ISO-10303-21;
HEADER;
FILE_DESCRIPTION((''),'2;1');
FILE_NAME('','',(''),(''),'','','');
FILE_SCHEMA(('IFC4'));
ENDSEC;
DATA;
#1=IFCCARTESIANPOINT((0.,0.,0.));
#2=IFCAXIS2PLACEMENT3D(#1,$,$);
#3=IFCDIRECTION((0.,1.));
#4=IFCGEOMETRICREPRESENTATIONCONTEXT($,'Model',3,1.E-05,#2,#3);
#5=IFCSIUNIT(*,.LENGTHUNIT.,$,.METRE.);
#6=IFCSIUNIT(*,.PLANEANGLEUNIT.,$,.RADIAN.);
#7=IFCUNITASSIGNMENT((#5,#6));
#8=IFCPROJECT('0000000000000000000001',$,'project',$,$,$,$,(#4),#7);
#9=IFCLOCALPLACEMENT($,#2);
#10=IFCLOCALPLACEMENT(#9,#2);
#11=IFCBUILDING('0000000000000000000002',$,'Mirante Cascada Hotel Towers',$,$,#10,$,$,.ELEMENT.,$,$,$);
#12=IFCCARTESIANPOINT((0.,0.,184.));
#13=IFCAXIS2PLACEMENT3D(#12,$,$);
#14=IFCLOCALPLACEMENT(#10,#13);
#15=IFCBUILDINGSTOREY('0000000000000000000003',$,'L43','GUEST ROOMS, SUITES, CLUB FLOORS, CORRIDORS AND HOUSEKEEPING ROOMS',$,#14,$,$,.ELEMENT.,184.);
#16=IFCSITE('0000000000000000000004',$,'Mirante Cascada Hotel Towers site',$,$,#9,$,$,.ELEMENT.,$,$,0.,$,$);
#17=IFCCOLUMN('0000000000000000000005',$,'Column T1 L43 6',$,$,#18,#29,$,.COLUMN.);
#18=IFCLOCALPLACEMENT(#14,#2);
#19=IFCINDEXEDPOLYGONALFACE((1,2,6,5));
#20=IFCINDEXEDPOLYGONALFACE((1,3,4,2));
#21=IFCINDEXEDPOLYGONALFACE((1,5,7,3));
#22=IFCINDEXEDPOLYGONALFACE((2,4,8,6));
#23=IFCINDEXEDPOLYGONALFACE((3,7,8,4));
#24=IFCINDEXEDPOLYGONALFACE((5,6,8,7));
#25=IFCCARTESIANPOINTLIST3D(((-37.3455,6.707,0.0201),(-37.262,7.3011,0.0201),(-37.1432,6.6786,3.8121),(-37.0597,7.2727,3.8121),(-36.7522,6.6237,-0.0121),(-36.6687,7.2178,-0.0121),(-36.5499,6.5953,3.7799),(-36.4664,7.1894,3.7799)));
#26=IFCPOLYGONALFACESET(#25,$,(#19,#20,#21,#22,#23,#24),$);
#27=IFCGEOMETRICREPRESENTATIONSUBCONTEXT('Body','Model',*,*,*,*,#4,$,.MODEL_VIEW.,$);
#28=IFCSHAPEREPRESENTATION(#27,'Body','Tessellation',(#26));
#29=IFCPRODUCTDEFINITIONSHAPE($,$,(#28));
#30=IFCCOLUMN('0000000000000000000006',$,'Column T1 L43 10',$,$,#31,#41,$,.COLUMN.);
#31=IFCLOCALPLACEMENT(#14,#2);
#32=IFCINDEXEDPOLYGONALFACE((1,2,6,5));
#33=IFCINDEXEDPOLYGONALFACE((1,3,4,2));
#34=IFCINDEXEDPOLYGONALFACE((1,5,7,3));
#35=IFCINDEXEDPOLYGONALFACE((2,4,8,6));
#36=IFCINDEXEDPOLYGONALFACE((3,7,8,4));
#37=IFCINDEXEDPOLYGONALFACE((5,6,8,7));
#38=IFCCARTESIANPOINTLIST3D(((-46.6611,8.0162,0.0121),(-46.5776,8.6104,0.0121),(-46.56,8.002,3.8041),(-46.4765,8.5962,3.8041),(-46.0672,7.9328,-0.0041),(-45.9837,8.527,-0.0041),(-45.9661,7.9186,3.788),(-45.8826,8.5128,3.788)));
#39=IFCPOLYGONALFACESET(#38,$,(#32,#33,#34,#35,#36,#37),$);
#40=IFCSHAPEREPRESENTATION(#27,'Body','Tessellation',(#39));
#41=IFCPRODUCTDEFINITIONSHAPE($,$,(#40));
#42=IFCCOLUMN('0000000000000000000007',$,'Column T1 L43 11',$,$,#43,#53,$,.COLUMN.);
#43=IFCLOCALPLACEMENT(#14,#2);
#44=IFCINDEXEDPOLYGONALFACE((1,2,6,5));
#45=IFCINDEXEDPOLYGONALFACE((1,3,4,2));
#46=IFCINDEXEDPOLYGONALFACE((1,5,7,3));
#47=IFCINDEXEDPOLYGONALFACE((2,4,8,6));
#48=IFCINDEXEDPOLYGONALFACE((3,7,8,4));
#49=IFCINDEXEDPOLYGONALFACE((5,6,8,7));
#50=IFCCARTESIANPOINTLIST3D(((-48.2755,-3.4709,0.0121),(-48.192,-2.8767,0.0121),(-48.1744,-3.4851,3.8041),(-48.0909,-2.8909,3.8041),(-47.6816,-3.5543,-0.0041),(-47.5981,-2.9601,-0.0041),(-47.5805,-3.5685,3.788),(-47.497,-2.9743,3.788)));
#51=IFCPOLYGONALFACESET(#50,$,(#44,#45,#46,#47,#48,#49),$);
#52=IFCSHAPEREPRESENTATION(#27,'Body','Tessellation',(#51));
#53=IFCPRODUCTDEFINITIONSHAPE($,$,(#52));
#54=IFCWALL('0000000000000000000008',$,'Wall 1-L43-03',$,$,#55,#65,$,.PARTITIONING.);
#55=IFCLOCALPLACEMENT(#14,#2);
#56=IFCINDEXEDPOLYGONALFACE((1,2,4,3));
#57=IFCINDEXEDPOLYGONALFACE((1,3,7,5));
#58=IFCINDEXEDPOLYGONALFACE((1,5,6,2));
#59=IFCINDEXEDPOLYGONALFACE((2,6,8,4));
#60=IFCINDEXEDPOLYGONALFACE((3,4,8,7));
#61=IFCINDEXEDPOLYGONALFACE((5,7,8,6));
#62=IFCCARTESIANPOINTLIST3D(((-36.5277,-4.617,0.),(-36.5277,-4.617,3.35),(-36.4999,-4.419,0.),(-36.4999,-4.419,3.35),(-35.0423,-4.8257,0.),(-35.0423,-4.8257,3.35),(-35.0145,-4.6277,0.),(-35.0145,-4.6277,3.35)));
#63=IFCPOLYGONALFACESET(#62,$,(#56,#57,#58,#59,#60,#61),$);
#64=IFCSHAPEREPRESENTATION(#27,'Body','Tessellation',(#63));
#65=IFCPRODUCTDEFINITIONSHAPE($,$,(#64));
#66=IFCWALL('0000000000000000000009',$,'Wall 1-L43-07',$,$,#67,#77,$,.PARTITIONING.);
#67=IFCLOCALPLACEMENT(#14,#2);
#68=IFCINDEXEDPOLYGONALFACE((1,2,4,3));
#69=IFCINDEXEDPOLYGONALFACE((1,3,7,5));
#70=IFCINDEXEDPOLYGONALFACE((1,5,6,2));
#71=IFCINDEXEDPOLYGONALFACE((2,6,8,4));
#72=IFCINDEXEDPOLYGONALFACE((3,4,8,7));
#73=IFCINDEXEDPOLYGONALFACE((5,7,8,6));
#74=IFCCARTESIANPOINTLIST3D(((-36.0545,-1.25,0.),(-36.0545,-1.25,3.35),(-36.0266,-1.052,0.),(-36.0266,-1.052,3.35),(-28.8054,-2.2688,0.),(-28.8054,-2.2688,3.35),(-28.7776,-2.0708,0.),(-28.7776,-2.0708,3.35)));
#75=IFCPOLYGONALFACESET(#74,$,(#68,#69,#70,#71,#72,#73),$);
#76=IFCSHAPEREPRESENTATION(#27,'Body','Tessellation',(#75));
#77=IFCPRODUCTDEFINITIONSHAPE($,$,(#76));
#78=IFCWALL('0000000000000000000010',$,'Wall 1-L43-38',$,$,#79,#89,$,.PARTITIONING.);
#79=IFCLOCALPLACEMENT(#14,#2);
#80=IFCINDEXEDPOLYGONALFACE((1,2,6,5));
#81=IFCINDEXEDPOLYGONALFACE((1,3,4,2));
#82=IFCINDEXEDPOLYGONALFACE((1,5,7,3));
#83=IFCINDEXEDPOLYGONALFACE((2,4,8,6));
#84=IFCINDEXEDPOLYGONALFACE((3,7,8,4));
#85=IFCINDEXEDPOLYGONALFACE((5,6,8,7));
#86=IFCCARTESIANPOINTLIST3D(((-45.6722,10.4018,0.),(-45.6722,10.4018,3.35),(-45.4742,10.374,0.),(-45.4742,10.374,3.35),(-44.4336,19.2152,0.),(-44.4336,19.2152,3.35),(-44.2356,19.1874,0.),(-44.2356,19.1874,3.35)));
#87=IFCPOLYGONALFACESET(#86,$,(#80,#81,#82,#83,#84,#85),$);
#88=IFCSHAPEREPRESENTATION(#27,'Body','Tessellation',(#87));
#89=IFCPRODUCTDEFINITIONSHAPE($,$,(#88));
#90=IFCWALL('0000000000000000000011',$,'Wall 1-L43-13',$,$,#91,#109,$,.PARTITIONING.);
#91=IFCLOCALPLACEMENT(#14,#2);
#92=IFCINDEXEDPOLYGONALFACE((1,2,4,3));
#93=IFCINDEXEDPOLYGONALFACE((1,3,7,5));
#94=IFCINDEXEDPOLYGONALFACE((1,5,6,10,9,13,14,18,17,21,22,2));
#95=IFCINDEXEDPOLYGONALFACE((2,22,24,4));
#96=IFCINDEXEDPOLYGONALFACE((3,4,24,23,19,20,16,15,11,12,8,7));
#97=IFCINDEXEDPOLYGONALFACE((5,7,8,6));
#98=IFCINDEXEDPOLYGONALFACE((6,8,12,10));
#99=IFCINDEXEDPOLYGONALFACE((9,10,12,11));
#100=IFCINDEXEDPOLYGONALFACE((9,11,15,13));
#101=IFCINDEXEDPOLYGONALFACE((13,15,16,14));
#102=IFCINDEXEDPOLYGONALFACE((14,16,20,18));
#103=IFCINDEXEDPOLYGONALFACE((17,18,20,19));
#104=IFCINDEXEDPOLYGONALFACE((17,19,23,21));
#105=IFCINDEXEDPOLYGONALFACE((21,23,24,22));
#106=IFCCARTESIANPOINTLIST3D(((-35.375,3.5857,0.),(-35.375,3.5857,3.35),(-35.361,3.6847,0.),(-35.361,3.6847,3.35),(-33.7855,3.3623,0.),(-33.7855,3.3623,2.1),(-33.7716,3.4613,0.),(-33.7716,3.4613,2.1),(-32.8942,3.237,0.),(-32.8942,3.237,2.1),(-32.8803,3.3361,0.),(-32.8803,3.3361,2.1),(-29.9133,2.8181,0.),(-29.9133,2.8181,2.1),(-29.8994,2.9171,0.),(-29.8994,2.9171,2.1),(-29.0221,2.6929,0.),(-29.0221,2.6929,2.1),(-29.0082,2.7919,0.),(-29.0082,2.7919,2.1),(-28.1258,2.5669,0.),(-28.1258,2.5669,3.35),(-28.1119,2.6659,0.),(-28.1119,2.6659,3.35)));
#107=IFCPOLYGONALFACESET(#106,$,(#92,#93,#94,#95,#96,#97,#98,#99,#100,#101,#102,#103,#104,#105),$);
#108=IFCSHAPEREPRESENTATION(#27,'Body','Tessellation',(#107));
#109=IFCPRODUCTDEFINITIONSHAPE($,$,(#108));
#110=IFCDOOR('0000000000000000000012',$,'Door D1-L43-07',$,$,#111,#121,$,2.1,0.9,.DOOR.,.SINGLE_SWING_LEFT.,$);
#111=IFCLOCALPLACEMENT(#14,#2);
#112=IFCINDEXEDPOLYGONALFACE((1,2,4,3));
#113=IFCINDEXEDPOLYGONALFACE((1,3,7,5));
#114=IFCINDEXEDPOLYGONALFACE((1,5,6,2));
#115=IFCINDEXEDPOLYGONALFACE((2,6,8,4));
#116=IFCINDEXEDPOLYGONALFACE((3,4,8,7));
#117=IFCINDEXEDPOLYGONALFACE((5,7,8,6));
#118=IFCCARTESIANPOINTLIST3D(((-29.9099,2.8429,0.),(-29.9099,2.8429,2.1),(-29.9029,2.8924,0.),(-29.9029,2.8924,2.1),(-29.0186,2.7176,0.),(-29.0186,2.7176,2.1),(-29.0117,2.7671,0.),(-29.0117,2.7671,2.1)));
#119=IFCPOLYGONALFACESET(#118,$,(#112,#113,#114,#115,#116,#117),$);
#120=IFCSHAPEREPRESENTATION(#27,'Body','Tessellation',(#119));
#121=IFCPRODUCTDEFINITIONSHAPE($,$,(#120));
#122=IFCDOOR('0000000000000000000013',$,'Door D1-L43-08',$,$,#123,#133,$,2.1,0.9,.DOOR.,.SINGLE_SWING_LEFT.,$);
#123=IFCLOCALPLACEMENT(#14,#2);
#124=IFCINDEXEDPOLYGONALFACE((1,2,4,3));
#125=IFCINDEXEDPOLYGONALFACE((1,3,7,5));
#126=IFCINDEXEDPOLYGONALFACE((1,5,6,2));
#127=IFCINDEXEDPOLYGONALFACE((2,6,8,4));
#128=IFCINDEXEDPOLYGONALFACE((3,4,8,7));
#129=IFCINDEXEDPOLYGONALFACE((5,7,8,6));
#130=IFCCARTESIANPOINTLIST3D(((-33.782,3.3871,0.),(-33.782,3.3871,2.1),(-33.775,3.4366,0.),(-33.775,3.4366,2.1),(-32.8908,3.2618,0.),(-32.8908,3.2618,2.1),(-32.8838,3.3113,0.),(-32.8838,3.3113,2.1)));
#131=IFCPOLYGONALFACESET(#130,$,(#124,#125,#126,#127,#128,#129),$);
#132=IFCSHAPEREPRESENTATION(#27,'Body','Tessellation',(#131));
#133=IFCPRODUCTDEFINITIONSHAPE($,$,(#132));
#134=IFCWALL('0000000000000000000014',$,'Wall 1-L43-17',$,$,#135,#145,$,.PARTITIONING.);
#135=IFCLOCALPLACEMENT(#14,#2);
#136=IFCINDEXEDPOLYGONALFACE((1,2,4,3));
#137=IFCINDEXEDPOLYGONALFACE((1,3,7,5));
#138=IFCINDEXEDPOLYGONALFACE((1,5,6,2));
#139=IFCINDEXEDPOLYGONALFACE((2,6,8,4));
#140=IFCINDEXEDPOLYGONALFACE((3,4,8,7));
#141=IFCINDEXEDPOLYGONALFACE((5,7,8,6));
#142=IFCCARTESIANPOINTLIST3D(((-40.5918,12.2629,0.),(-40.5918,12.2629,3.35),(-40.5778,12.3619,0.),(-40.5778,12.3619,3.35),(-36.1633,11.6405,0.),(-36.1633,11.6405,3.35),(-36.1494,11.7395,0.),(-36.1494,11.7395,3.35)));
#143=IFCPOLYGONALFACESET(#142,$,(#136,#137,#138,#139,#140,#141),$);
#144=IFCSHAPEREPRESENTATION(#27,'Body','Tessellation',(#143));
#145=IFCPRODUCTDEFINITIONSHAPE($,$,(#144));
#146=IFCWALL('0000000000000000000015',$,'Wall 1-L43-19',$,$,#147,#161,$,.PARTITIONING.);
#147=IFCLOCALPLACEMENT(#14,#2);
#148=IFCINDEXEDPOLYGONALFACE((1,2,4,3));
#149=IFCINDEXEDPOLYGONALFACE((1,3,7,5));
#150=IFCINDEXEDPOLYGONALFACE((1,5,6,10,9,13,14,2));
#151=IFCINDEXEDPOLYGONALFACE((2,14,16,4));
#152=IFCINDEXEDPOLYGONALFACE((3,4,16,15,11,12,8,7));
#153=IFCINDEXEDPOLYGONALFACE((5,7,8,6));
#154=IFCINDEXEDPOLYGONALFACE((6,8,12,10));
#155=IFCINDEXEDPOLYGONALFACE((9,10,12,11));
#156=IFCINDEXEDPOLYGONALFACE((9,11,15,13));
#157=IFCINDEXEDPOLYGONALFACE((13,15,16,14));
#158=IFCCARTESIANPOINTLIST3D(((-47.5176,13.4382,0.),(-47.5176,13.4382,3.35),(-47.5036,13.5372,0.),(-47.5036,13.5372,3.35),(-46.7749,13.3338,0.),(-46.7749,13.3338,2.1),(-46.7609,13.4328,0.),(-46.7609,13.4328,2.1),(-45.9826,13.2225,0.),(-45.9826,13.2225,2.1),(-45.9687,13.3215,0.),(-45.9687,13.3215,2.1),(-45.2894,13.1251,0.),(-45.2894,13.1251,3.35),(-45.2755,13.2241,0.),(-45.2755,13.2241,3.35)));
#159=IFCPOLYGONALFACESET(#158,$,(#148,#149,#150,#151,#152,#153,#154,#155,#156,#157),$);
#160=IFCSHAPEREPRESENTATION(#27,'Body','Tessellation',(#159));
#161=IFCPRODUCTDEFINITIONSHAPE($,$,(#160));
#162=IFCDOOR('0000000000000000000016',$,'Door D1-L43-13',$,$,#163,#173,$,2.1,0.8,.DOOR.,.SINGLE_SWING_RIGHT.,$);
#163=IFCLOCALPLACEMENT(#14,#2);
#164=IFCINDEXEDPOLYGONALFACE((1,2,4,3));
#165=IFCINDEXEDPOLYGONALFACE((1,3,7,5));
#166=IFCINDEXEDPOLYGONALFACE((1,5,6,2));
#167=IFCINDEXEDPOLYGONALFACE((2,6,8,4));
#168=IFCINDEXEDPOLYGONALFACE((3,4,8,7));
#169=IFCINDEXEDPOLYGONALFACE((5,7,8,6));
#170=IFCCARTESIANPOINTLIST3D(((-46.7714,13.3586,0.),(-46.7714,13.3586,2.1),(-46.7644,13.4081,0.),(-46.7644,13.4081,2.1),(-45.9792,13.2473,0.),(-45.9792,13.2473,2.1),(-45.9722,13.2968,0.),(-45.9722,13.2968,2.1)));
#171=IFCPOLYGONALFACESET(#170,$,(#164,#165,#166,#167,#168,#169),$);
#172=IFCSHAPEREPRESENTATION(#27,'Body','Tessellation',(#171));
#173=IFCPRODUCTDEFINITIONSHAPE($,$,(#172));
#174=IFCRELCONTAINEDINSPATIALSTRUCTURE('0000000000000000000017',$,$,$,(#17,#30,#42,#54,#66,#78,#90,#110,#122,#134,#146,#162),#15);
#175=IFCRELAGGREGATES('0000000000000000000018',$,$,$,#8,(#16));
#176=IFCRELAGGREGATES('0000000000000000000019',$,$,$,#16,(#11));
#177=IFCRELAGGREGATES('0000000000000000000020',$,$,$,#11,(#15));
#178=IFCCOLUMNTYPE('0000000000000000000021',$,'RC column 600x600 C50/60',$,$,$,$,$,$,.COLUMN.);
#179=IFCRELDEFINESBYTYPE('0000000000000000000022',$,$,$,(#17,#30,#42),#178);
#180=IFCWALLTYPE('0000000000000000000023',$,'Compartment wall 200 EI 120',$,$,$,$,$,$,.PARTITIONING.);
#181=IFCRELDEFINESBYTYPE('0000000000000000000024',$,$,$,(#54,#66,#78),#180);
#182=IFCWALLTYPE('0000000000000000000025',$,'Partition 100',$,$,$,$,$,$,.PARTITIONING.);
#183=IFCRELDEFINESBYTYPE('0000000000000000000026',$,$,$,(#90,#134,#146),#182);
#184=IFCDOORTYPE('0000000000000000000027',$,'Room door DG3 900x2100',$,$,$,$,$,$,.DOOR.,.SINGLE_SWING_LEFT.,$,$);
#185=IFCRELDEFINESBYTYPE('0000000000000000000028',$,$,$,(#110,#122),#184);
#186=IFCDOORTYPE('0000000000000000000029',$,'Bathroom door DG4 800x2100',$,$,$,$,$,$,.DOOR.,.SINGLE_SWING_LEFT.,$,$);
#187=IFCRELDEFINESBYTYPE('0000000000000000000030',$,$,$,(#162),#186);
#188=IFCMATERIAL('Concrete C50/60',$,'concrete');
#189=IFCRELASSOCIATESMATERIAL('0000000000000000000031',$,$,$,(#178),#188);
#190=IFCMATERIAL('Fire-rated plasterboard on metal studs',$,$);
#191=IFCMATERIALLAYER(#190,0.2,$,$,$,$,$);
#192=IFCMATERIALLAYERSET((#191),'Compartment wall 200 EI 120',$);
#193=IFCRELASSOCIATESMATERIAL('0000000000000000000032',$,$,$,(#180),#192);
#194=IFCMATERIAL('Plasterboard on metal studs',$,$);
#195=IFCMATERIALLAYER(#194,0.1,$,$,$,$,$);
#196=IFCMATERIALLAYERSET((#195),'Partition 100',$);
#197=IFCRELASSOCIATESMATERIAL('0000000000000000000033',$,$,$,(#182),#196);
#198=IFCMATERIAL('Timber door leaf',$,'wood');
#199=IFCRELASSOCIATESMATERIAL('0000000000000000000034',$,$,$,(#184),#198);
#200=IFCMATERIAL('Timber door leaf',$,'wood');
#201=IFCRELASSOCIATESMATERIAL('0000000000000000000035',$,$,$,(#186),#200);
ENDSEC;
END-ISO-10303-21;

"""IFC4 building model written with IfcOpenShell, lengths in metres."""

from ifc_helpers import new_model, si_unit, direction, frame, frame_2d, origin, origin_2d, place, context, subcontext, project, spatial, rectangle, extrude, material, layer, layer_set, material_profile, profile_set, type_object, element, fill, save


model = new_model("IFC4")

# Units and contexts
model_context = context("Model", 3, precision=1e-05, world=origin(), true_north=direction((0.0, 1.0)))
body_context = subcontext(model_context, "Body", "Model", "MODEL_VIEW")
ifc_project = project(units=[si_unit("LENGTHUNIT", "METRE"), si_unit("PLANEANGLEUNIT", "RADIAN")], contexts=[model_context])

# Site, building, storey
site_placement = place(None, origin())
site = spatial("IfcSite", under=ifc_project, at=site_placement, Name="Mirante Cascada Hotel Towers site", CompositionType="ELEMENT", RefElevation=0.0)
building_placement = place(site_placement, origin())
building = spatial("IfcBuilding", under=site, at=building_placement, Name="Mirante Cascada Hotel Towers", CompositionType="ELEMENT")
storey_placement = place(building_placement, frame((0.0, 0.0, 184.0)))
storey = spatial("IfcBuildingStorey", under=building, at=storey_placement, Name="L43", Description="GUEST ROOMS, SUITES, CLUB FLOORS, CORRIDORS AND HOUSEKEEPING ROOMS", CompositionType="ELEMENT", Elevation=184.0)

# Columns
ifc_material_1 = material(Name="Concrete C50/60", Category="concrete")
ifc_material_profile = material_profile(ifc_material_1, rectangle(XDim=0.6, YDim=0.6, at=origin_2d()), Name="RC column 600x600 C50/60")
ifc_profile_set = profile_set([ifc_material_profile], Name="Concrete C50/60")
column_type = type_object("IfcColumnType", Name="RC column 600x600 C50/60", PredefinedType="COLUMN", material=ifc_profile_set)
column_placement = place(storey_placement, frame((-37.0071, 6.9624, 0.004), z_axis=(0.053272, -0.007479, 0.998552), x_axis=(0.139022, 0.990289, 0.0)))
element("IfcColumn", 1, at=column_placement, inside=storey, type_object=column_type, Name="Column T1 L43 6", PredefinedType="COLUMN", context=body_context, shape_type="SweptSolid", body=[
    extrude(rectangle(XDim=0.6, YDim=0.6, at=origin_2d()), origin(), (0.0, 0.0, 1.0), 3.7975),
])
for number, where, z_axis, x_axis, name in (
    (2, (-46.3224, 8.2716, 0.004), (0.026652, -0.003743, 0.999638), (0.13909, 0.99028, 0.0), "Column T1 L43 10"),
    (3, (-47.9368, -3.2155, 0.004), (0.026652, -0.003743, 0.999638), (0.13909, 0.99028, 0.0), "Column T1 L43 11"),
):
    element("IfcColumn", number, at=place(storey_placement, frame(where, z_axis=z_axis, x_axis=x_axis)), inside=storey, type_object=column_type, Name=name, PredefinedType="COLUMN", context=body_context, shape_type="SweptSolid", body=[
        extrude(rectangle(XDim=0.6, YDim=0.6, at=origin_2d()), origin(), (0.0, 0.0, 1.0), 3.7934),
    ])

# Walls
ifc_material_2 = material(Name="Fire-rated plasterboard on metal studs")
ifc_layer_1 = layer(ifc_material_2, 0.2)
ifc_layer_set_1 = layer_set([ifc_layer_1], Name="Compartment wall 200 EI 120")
wall_type_1 = type_object("IfcWallType", Name="Compartment wall 200 EI 120", PredefinedType="PARTITIONING", material=ifc_layer_set_1)
wall_1_placement = place(storey_placement, frame((-36.5138, -4.518, 0.0), z_axis=(0.0, 0.0, 1.0), x_axis=(0.990274, -0.139134, 0.0)))
element("IfcWall", 4, at=wall_1_placement, inside=storey, type_object=wall_type_1, Name="Wall 1-L43-03", PredefinedType="PARTITIONING", context=body_context, shape_type="SweptSolid", body=[
    extrude(rectangle(XDim=1.5, YDim=0.2, at=frame_2d((0.75, 0.0))), origin(), (0.0, 0.0, 1.0), 3.35),
])
wall_2_placement = place(storey_placement, frame((-36.0406, -1.151, 0.0), z_axis=(0.0, 0.0, 1.0), x_axis=(0.990268, -0.139174, 0.0)))
element("IfcWall", 5, at=wall_2_placement, inside=storey, type_object=wall_type_1, Name="Wall 1-L43-07", PredefinedType="PARTITIONING", context=body_context, shape_type="SweptSolid", body=[
    extrude(rectangle(XDim=7.3203, YDim=0.2, at=frame_2d((3.6602, 0.0))), origin(), (0.0, 0.0, 1.0), 3.35),
])
wall_3_placement = place(storey_placement, frame((-45.5732, 10.3879, 0.0), z_axis=(0.0, 0.0, 1.0), x_axis=(0.139168, 0.990269, 0.0)))
element("IfcWall", 6, at=wall_3_placement, inside=storey, type_object=wall_type_1, Name="Wall 1-L43-38", PredefinedType="PARTITIONING", context=body_context, shape_type="SweptSolid", body=[
    extrude(rectangle(XDim=8.9, YDim=0.2, at=frame_2d((4.45, 0.0))), origin(), (0.0, 0.0, 1.0), 3.35),
])

# Wall, openings, doors
ifc_material_3 = material(Name="Plasterboard on metal studs")
ifc_layer_2 = layer(ifc_material_3, 0.1)
ifc_layer_set_2 = layer_set([ifc_layer_2], Name="Partition 100")
wall_type_2 = type_object("IfcWallType", Name="Partition 100", PredefinedType="PARTITIONING", material=ifc_layer_set_2)
wall_4_placement = place(storey_placement, frame((-35.368, 3.6352, 0.0), z_axis=(0.0, 0.0, 1.0), x_axis=(0.990268, -0.139172, 0.0)))
wall_4 = element("IfcWall", 7, at=wall_4_placement, inside=storey, type_object=wall_type_2, Name="Wall 1-L43-13", PredefinedType="PARTITIONING", context=body_context, shape_type="SweptSolid", body=[
    extrude(rectangle(XDim=7.3204, YDim=0.1, at=frame_2d((3.6602, 0.0))), origin(), (0.0, 0.0, 1.0), 3.35),
])
opening_1_placement = place(wall_4_placement, frame((5.5153, 0.0, 0.0)))
opening_1 = element("IfcOpeningElement", 8, at=opening_1_placement, cuts=wall_4, PredefinedType="OPENING", context=body_context, shape_type="SweptSolid", body=[
    extrude(rectangle(XDim=0.9, YDim=2.1, at=frame_2d((0.45, 1.05))), frame((0.0, 0.05, 0.0), z_axis=(0.0, -1.0, 0.0), x_axis=(1.0, 0.0, 0.0)), (0.0, 0.0, 1.0), 0.1),
])
opening_2_placement = place(wall_4_placement, frame((1.6051, 0.0, 0.0)))
opening_2 = element("IfcOpeningElement", 9, at=opening_2_placement, cuts=wall_4, PredefinedType="OPENING", context=body_context, shape_type="SweptSolid", body=[
    extrude(rectangle(XDim=0.9, YDim=2.1, at=frame_2d((0.45, 1.05))), frame((0.0, 0.05, 0.0), z_axis=(0.0, -1.0, 0.0), x_axis=(1.0, 0.0, 0.0)), (0.0, 0.0, 1.0), 0.1),
])
ifc_material_4 = material(Name="Timber door leaf", Category="wood")
door_type_1 = type_object("IfcDoorType", Name="Room door DG3 900x2100", OperationType="SINGLE_SWING_LEFT", PredefinedType="DOOR", material=ifc_material_4)
door_1_placement = place(opening_1_placement, origin())
door_1 = element("IfcDoor", 10, at=door_1_placement, inside=storey, type_object=door_type_1, Name="Door D1-L43-07", OperationType="SINGLE_SWING_LEFT", OverallHeight=2.1, OverallWidth=0.9, PredefinedType="DOOR", context=body_context, shape_type="SweptSolid", body=[
    extrude(rectangle(XDim=0.9, YDim=2.1, at=frame_2d((0.45, 1.05))), frame((0.0, 0.025, 0.0), z_axis=(0.0, -1.0, 0.0), x_axis=(1.0, 0.0, 0.0)), (0.0, 0.0, 1.0), 0.05),
])
fill(opening_1, door_1)
door_2_placement = place(opening_2_placement, origin())
door_2 = element("IfcDoor", 11, at=door_2_placement, inside=storey, type_object=door_type_1, Name="Door D1-L43-08", OperationType="SINGLE_SWING_LEFT", OverallHeight=2.1, OverallWidth=0.9, PredefinedType="DOOR", context=body_context, shape_type="SweptSolid", body=[
    extrude(rectangle(XDim=0.9, YDim=2.1, at=frame_2d((0.45, 1.05))), frame((0.0, 0.025, 0.0), z_axis=(0.0, -1.0, 0.0), x_axis=(1.0, 0.0, 0.0)), (0.0, 0.0, 1.0), 0.05),
])
fill(opening_2, door_2)

# Wall
wall_5_placement = place(storey_placement, frame((-40.5848, 12.3124, 0.0), z_axis=(0.0, 0.0, 1.0), x_axis=(0.990268, -0.139176, 0.0)))
element("IfcWall", 12, at=wall_5_placement, inside=storey, type_object=wall_type_2, Name="Wall 1-L43-17", PredefinedType="PARTITIONING", context=body_context, shape_type="SweptSolid", body=[
    extrude(rectangle(XDim=4.472, YDim=0.1, at=frame_2d((2.236, 0.0))), origin(), (0.0, 0.0, 1.0), 3.35),
])

# Wall, opening, door
wall_6_placement = place(storey_placement, frame((-47.5106, 13.4877, 0.0), z_axis=(0.0, 0.0, 1.0), x_axis=(0.990271, -0.139156, 0.0)))
wall_6 = element("IfcWall", 13, at=wall_6_placement, inside=storey, type_object=wall_type_2, Name="Wall 1-L43-19", PredefinedType="PARTITIONING", context=body_context, shape_type="SweptSolid", body=[
    extrude(rectangle(XDim=2.25, YDim=0.1, at=frame_2d((1.125, 0.0))), origin(), (0.0, 0.0, 1.0), 3.35),
])
opening_3_placement = place(wall_6_placement, frame((0.75, 0.0, 0.0)))
opening_3 = element("IfcOpeningElement", 14, at=opening_3_placement, cuts=wall_6, PredefinedType="OPENING", context=body_context, shape_type="SweptSolid", body=[
    extrude(rectangle(XDim=0.8, YDim=2.1, at=frame_2d((0.4, 1.05))), frame((0.0, 0.05, 0.0), z_axis=(0.0, -1.0, 0.0), x_axis=(1.0, 0.0, 0.0)), (0.0, 0.0, 1.0), 0.1),
])
ifc_material_5 = material(Name="Timber door leaf", Category="wood")
door_type_2 = type_object("IfcDoorType", Name="Bathroom door DG4 800x2100", OperationType="SINGLE_SWING_LEFT", PredefinedType="DOOR", material=ifc_material_5)
door_3_placement = place(opening_3_placement, frame((0.8, 0.0, 0.0), z_axis=(0.0, 0.0, 1.0), x_axis=(-1.0, 0.0, 0.0)))
door_3 = element("IfcDoor", 15, at=door_3_placement, inside=storey, type_object=door_type_2, Name="Door D1-L43-13", OperationType="SINGLE_SWING_RIGHT", OverallHeight=2.1, OverallWidth=0.8, PredefinedType="DOOR", context=body_context, shape_type="SweptSolid", body=[
    extrude(rectangle(XDim=0.8, YDim=2.1, at=frame_2d((0.4, 1.05))), frame((0.0, 0.025, 0.0), z_axis=(0.0, -1.0, 0.0), x_axis=(1.0, 0.0, 0.0)), (0.0, 0.0, 1.0), 0.05),
])
fill(opening_3, door_3)

save(model, "model.ifc")
